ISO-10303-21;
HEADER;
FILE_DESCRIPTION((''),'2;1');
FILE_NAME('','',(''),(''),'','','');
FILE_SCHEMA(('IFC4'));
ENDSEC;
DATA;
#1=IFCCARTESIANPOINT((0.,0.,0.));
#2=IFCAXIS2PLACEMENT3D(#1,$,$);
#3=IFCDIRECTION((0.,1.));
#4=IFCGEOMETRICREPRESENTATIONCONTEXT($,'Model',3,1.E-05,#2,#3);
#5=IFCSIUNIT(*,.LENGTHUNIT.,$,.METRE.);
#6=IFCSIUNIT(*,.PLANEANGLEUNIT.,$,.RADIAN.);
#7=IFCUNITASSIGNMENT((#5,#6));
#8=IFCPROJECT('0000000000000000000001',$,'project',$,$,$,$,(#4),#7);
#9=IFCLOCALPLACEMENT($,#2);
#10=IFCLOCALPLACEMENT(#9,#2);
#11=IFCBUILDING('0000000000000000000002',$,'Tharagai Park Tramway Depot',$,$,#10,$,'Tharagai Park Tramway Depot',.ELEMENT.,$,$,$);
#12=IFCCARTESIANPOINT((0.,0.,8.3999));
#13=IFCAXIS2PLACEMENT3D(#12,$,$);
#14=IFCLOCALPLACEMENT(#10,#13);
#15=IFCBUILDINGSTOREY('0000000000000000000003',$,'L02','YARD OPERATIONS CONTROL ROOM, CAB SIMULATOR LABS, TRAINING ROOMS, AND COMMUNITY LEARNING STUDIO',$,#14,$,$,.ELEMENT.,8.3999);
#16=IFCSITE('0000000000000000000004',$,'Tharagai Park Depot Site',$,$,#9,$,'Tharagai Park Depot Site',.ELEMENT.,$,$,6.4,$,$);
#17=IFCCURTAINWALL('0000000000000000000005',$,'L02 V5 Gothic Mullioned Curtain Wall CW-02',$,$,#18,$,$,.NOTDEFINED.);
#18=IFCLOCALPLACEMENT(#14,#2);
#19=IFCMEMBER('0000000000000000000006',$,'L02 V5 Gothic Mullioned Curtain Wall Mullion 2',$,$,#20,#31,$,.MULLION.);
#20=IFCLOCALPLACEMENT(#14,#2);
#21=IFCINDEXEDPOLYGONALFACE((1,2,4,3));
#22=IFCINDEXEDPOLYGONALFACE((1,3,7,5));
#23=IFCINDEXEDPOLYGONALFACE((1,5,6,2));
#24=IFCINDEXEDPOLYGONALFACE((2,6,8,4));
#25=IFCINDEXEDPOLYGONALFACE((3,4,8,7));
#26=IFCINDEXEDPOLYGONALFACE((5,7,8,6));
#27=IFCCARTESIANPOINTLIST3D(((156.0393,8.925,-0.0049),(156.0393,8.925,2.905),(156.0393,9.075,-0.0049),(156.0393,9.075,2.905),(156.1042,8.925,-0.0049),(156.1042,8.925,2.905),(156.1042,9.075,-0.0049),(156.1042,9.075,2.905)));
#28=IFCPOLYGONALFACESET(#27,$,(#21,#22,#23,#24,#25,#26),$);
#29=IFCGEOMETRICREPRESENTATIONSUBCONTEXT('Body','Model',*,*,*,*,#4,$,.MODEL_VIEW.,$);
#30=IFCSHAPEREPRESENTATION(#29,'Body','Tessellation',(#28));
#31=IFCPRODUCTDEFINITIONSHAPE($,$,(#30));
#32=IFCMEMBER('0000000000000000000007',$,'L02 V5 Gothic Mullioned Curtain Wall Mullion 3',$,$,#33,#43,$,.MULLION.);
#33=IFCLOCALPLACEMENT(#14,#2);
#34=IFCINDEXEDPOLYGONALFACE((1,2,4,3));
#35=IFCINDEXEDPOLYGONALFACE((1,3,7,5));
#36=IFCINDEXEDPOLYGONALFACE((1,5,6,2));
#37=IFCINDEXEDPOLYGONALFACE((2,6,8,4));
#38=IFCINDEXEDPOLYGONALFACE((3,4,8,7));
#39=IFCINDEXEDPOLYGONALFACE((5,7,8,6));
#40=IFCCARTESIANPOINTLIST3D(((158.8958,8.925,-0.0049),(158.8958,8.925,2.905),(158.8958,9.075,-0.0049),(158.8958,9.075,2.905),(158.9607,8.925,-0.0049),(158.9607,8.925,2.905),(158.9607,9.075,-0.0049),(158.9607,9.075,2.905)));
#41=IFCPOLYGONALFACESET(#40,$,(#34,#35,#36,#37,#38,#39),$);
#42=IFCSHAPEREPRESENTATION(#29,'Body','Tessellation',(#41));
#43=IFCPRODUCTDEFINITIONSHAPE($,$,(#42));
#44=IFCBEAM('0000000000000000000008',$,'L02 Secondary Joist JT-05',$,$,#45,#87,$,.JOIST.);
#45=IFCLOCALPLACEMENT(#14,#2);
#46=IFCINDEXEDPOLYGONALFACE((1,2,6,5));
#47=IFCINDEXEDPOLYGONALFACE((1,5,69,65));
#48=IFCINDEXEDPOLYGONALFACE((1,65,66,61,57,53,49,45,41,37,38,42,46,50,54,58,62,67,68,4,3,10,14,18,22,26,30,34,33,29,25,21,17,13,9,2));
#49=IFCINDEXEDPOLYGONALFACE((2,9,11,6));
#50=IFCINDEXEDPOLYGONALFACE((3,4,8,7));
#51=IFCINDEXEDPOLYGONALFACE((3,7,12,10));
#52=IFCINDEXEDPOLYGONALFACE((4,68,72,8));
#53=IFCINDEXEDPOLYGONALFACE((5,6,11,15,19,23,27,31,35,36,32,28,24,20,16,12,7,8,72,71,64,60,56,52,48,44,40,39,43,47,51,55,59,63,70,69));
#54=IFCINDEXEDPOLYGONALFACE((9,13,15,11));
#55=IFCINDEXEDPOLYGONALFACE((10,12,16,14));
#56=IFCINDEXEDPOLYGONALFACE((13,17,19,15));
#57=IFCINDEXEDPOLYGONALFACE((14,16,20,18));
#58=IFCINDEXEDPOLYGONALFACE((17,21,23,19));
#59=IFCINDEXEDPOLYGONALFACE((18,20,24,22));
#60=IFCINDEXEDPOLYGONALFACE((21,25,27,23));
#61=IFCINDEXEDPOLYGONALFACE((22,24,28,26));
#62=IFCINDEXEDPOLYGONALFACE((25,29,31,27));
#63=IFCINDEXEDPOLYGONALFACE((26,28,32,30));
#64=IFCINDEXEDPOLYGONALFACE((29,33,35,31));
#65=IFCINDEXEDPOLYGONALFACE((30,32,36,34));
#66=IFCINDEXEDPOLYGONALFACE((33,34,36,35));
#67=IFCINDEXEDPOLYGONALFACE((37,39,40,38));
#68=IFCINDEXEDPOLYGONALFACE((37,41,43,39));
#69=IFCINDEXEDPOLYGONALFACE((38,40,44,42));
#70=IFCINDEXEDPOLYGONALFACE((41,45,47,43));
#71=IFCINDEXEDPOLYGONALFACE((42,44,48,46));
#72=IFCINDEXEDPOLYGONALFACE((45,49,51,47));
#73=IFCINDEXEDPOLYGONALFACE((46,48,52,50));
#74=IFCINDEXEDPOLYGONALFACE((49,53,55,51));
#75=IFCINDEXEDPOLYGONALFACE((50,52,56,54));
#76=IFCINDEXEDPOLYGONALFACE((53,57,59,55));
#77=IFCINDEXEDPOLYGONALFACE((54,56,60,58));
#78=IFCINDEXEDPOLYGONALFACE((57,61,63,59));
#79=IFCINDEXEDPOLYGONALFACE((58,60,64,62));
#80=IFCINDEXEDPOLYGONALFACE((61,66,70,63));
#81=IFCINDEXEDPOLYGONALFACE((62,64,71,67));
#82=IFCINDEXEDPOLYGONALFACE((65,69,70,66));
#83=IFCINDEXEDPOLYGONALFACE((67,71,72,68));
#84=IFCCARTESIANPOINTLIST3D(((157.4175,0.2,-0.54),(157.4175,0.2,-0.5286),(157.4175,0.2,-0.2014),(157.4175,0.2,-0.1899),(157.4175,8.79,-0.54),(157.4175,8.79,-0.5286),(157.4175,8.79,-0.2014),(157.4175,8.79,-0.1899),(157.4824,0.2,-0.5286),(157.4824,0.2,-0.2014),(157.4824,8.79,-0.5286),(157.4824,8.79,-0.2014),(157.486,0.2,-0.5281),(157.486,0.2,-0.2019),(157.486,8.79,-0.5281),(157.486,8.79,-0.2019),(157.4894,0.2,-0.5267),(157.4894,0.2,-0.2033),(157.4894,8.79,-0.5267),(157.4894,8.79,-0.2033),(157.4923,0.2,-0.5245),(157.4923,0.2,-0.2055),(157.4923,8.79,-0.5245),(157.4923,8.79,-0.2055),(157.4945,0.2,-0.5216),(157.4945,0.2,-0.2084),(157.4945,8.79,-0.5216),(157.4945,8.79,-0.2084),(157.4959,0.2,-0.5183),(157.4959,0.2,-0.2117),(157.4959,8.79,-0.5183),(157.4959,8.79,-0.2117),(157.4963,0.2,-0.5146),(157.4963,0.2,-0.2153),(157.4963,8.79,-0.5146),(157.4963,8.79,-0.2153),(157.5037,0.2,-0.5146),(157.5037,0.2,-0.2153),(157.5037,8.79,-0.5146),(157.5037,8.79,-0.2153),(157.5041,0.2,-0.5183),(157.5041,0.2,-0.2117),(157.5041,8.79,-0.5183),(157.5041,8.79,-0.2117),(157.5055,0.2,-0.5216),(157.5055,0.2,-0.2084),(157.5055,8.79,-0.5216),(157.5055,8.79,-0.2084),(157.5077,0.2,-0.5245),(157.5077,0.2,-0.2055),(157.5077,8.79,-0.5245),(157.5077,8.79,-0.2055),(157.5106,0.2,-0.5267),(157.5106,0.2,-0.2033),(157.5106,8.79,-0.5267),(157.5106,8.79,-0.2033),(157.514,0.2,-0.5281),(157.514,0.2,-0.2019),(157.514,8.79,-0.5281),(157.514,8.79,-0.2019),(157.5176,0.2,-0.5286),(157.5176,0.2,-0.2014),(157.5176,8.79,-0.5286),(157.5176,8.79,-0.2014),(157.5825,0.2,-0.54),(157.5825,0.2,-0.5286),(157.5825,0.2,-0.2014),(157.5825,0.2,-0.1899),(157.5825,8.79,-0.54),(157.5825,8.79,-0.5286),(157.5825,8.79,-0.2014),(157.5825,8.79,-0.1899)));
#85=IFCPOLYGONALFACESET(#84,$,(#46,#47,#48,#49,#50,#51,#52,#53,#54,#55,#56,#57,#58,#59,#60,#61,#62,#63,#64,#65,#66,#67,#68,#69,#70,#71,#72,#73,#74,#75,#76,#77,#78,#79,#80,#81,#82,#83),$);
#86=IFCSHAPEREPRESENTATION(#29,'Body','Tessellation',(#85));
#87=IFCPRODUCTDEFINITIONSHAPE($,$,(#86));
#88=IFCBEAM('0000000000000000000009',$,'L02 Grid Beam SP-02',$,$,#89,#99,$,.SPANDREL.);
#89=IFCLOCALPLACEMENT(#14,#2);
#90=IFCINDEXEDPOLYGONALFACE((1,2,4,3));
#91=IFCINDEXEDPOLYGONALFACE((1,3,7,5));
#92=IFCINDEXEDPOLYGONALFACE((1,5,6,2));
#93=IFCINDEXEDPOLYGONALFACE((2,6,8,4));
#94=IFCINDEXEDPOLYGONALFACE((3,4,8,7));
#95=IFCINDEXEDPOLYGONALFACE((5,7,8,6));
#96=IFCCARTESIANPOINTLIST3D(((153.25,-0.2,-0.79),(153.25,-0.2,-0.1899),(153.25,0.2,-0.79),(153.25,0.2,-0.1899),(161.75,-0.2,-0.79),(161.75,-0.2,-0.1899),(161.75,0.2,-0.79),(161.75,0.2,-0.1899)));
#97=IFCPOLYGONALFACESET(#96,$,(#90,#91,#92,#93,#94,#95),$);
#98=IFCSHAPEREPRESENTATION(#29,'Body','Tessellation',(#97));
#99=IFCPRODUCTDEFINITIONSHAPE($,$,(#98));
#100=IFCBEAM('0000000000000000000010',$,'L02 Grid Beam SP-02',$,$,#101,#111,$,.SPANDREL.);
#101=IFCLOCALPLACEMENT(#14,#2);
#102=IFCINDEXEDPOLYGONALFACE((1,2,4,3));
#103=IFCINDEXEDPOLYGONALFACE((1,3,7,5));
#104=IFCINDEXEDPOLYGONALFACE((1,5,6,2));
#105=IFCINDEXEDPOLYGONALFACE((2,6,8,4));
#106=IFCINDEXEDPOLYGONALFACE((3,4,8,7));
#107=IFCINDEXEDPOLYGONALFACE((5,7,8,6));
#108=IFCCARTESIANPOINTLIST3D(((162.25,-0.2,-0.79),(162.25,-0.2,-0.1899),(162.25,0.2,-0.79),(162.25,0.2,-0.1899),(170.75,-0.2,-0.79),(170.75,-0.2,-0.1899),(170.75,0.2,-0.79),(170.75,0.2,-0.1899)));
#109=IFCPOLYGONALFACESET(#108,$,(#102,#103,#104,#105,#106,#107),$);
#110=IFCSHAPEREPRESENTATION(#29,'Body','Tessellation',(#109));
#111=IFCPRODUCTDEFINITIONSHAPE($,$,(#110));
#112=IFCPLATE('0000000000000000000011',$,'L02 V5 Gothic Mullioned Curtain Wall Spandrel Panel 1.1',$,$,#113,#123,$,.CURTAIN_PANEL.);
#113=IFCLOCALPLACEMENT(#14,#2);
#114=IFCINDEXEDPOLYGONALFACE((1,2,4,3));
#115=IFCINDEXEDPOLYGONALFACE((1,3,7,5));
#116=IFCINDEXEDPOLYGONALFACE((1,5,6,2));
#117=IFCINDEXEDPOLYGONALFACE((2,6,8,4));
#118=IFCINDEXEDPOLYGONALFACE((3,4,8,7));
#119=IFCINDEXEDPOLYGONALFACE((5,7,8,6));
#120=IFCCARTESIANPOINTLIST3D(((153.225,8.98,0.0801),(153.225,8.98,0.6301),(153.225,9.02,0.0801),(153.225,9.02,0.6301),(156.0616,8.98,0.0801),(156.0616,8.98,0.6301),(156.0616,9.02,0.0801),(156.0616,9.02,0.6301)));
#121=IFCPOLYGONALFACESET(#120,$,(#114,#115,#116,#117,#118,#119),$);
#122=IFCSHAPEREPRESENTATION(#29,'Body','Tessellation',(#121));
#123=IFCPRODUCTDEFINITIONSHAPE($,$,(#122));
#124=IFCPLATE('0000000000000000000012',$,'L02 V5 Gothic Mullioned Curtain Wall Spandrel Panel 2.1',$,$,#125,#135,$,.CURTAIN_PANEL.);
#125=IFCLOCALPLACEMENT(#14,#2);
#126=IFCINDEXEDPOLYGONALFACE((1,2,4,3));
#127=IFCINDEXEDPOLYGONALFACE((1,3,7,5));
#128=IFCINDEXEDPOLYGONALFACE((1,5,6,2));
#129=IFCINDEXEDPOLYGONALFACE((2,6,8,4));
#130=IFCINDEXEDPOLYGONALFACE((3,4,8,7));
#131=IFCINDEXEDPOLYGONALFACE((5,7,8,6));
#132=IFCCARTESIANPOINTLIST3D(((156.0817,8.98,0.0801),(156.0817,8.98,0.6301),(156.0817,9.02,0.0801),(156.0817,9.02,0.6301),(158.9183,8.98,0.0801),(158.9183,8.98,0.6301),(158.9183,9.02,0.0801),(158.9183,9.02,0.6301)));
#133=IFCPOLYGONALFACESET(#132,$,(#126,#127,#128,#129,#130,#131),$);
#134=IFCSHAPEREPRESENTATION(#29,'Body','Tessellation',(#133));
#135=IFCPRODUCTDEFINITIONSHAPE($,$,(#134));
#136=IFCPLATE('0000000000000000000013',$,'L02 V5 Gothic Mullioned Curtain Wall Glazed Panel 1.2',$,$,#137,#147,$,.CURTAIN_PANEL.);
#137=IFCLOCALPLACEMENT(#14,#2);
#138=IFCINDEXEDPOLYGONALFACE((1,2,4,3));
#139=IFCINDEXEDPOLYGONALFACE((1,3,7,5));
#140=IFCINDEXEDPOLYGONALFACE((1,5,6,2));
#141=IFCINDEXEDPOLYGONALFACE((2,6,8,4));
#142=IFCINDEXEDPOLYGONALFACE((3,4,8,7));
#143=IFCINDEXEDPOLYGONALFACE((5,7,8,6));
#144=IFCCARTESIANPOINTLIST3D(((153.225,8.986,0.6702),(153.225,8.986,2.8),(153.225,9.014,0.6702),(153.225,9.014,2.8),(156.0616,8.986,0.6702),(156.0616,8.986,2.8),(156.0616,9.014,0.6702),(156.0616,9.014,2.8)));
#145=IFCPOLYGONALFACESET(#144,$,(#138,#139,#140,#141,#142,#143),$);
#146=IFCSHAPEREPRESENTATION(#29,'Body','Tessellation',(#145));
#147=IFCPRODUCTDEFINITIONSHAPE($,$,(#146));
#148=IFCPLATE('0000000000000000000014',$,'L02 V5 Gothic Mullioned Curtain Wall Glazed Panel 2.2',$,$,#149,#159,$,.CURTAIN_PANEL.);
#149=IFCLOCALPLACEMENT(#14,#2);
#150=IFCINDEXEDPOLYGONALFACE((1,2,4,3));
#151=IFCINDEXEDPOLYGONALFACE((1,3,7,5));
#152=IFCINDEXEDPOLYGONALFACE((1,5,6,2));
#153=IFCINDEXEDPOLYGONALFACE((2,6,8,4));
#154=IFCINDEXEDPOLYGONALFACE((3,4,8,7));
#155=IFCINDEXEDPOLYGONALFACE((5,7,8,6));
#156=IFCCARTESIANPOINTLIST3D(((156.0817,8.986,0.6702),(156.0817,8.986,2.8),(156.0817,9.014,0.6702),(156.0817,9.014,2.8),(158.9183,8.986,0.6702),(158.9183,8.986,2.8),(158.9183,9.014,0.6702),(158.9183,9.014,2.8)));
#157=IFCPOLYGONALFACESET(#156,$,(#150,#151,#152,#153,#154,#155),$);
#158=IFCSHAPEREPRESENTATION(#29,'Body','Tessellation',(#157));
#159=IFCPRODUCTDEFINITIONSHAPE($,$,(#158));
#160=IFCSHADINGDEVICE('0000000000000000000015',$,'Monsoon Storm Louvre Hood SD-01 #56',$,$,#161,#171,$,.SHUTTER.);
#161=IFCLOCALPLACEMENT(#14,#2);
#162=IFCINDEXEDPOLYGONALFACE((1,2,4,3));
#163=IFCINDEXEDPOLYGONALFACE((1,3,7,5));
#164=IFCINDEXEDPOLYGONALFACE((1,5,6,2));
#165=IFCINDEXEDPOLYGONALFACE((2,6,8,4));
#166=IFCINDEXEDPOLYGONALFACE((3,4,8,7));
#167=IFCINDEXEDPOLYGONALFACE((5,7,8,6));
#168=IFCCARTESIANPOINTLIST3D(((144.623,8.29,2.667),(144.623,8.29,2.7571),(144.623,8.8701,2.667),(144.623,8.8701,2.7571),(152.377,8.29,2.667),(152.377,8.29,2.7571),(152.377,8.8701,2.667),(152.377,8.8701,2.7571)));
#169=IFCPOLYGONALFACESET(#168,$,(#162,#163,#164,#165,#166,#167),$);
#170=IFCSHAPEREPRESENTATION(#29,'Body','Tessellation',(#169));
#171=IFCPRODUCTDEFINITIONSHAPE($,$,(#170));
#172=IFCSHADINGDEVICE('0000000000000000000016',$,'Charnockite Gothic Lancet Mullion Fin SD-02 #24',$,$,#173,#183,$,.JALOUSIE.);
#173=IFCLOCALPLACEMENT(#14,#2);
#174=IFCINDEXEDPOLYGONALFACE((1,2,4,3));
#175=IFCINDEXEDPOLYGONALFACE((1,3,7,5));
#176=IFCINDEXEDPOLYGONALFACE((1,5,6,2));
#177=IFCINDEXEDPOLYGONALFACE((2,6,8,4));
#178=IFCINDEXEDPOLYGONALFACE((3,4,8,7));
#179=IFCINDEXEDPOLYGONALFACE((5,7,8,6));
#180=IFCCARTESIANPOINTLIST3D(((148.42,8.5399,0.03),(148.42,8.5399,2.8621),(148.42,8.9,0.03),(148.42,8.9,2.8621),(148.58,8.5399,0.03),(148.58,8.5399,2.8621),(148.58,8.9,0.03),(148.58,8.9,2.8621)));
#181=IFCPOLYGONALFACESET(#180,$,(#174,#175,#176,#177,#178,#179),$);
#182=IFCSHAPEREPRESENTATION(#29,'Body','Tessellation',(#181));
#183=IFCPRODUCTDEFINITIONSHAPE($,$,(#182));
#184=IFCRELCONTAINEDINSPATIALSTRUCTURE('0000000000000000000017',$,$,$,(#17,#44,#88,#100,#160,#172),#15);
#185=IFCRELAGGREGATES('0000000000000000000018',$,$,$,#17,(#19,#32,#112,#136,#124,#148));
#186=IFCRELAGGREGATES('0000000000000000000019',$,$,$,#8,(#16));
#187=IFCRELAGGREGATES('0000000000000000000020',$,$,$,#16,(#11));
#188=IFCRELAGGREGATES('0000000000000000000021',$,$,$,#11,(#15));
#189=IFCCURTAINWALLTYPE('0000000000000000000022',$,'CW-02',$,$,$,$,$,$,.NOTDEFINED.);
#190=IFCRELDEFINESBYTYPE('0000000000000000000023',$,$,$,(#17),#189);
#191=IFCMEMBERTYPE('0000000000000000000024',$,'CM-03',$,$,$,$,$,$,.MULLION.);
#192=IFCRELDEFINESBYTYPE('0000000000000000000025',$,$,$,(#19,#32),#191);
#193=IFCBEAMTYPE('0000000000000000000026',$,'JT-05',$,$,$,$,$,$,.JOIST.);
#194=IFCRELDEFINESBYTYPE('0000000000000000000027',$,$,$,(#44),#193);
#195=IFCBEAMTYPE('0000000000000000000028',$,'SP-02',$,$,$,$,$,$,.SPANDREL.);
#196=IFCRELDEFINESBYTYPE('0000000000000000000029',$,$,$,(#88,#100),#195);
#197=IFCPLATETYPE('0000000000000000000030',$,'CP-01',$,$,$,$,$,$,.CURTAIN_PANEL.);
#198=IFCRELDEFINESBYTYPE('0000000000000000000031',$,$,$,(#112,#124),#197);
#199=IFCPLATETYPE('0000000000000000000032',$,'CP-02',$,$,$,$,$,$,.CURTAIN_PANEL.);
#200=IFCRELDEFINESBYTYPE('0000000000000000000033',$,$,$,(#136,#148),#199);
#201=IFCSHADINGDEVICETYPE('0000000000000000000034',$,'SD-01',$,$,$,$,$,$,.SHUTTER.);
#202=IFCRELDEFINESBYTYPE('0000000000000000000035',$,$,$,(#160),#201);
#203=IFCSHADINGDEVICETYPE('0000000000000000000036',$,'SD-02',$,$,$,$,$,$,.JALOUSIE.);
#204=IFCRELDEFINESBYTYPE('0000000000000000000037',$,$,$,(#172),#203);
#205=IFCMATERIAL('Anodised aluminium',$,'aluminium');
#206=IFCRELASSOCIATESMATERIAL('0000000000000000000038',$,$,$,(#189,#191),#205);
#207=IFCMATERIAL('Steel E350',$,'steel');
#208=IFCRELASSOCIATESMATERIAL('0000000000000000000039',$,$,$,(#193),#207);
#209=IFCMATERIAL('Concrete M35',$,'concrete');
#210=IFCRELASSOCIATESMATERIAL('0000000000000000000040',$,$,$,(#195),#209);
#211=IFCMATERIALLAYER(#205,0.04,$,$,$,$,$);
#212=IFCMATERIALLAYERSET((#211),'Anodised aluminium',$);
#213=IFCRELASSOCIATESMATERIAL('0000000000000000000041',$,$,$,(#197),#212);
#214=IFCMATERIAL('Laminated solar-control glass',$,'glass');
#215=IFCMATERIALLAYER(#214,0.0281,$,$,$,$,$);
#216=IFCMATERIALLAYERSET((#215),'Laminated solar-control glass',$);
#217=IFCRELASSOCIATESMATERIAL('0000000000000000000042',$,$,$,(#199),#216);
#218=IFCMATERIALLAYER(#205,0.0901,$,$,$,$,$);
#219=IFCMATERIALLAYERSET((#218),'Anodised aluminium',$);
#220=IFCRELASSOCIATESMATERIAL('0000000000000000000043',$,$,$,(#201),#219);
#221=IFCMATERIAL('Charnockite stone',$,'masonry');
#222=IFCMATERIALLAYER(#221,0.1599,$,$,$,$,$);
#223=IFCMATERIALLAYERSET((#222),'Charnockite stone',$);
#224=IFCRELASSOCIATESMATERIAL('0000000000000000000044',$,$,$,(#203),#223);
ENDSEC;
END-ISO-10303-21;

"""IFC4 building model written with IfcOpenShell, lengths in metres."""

from ifc_helpers import new_model, si_unit, direction, frame, origin, origin_2d, place, context, subcontext, project, spatial, rectangle, i_section, extrude, material, layer, layer_set, material_profile, profile_set, type_object, element, aggregate, save


model = new_model("IFC4")

# Units and contexts
model_context = context("Model", 3, precision=1e-05, world=origin(), true_north=direction((0.0, 1.0)))
body_context = subcontext(model_context, "Body", "Model", "MODEL_VIEW")
ifc_project = project(units=[si_unit("LENGTHUNIT", "METRE"), si_unit("PLANEANGLEUNIT", "RADIAN")], contexts=[model_context])

# Site, building, storey
site_placement = place(None, origin())
site = spatial("IfcSite", under=ifc_project, at=site_placement, Name="Tharagai Park Depot Site", LongName="Tharagai Park Depot Site", CompositionType="ELEMENT", RefElevation=6.4)
building_placement = place(site_placement, origin())
building = spatial("IfcBuilding", under=site, at=building_placement, Name="Tharagai Park Tramway Depot", LongName="Tharagai Park Tramway Depot", CompositionType="ELEMENT")
storey_placement = place(building_placement, frame((0.0, 0.0, 8.3999)))
storey = spatial("IfcBuildingStorey", under=building, at=storey_placement, Name="L02", Description="YARD OPERATIONS CONTROL ROOM, CAB SIMULATOR LABS, TRAINING ROOMS, AND COMMUNITY LEARNING STUDIO", CompositionType="ELEMENT", Elevation=8.3999)

# Shared definitions
ifc_material_1 = material(Name="Concrete M35", Category="concrete")

# Curtain wall, members
ifc_material_2 = material(Name="Anodised aluminium", Category="aluminium")
curtain_wall_type = type_object("IfcCurtainWallType", Name="CW-02", PredefinedType="NOTDEFINED", material=ifc_material_2)
curtain_wall_placement = place(storey_placement, origin())
curtain_wall = element("IfcCurtainWall", 1, at=curtain_wall_placement, inside=storey, type_object=curtain_wall_type, Name="L02 V5 Gothic Mullioned Curtain Wall CW-02", PredefinedType="NOTDEFINED")
ifc_material_profile_1 = material_profile(ifc_material_2, rectangle(XDim=0.0649, YDim=0.1499, at=origin_2d()), Name="ALU 65x150")
ifc_profile_set_1 = profile_set([ifc_material_profile_1], Name="Anodised aluminium")
member_type_1 = type_object("IfcMemberType", Name="CM-03", PredefinedType="MULLION", material=ifc_profile_set_1)
member_1_placement = place(storey_placement, frame((156.0718, 9.0, -0.0049), z_axis=(0.0, 0.0, 1.0), x_axis=(1.0, 0.0, 0.0)))
member_1 = element("IfcMember", 2, at=member_1_placement, type_object=member_type_1, Name="L02 V5 Gothic Mullioned Curtain Wall Mullion 2", PredefinedType="MULLION", context=body_context, shape_type="SweptSolid", body=[
    extrude(rectangle(XDim=0.0649, YDim=0.1499, at=origin_2d()), origin(), (0.0, 0.0, 1.0), 2.9099),
])
member_2_placement = place(storey_placement, frame((158.9282, 9.0, -0.0049), z_axis=(0.0, 0.0, 1.0), x_axis=(1.0, 0.0, 0.0)))
member_2 = element("IfcMember", 3, at=member_2_placement, type_object=member_type_1, Name="L02 V5 Gothic Mullioned Curtain Wall Mullion 3", PredefinedType="MULLION", context=body_context, shape_type="SweptSolid", body=[
    extrude(rectangle(XDim=0.0649, YDim=0.1499, at=origin_2d()), origin(), (0.0, 0.0, 1.0), 2.9099),
])

# Beams
ifc_material_3 = material(Name="Steel E350", Category="steel")
ifc_material_profile_2 = material_profile(ifc_material_3, i_section(OverallWidth=0.165, OverallDepth=0.3501, WebThickness=0.0073, FlangeThickness=0.0115, FilletRadius=0.0139, at=origin_2d()), Name="ISLB 350")
ifc_profile_set_2 = profile_set([ifc_material_profile_2], Name="Steel E350")
beam_type_1 = type_object("IfcBeamType", Name="JT-05", PredefinedType="JOIST", material=ifc_profile_set_2)
beam_1_placement = place(storey_placement, frame((157.5, 0.2, -0.365), z_axis=(0.0, 1.0, 0.0), x_axis=(-1.0, 0.0, 0.0)))
element("IfcBeam", 4, at=beam_1_placement, inside=storey, type_object=beam_type_1, Name="L02 Secondary Joist JT-05", PredefinedType="JOIST", context=body_context, shape_type="SweptSolid", body=[
    extrude(i_section(OverallWidth=0.165, OverallDepth=0.3501, WebThickness=0.0073, FlangeThickness=0.0115, FilletRadius=0.0139, at=origin_2d()), origin(), (0.0, 0.0, 1.0), 8.5901),
])
ifc_material_profile_3 = material_profile(ifc_material_1, rectangle(XDim=0.3999, YDim=0.6001, at=origin_2d()), Name="RC 400x600")
ifc_profile_set_3 = profile_set([ifc_material_profile_3], Name="Concrete M35")
beam_type_2 = type_object("IfcBeamType", Name="SP-02", PredefinedType="SPANDREL", material=ifc_profile_set_3)
for number, where, z_axis, x_axis, name in (
    (5, (153.25, 0.0, -0.49), (1.0, 0.0, 0.0), (0.0, 1.0, 0.0), "L02 Grid Beam SP-02"),
    (6, (162.25, 0.0, -0.49), (1.0, 0.0, 0.0), (0.0, 1.0, 0.0), "L02 Grid Beam SP-02"),
):
    element("IfcBeam", number, at=place(storey_placement, frame(where, z_axis=z_axis, x_axis=x_axis)), inside=storey, type_object=beam_type_2, Name=name, PredefinedType="SPANDREL", context=body_context, shape_type="SweptSolid", body=[
        extrude(rectangle(XDim=0.3999, YDim=0.6001, at=origin_2d()), origin(), (0.0, 0.0, 1.0), 8.5),
    ])

# Plates
ifc_layer_1 = layer(ifc_material_2, 0.04)
ifc_layer_set_1 = layer_set([ifc_layer_1], Name="Anodised aluminium")
plate_type_1 = type_object("IfcPlateType", Name="CP-01", PredefinedType="CURTAIN_PANEL", material=ifc_layer_set_1)
plate_1_placement = place(storey_placement, frame((154.6433, 9.0, 0.0801), z_axis=(0.0, 0.0, 1.0), x_axis=(1.0, 0.0, 0.0)))
plate_1 = element("IfcPlate", 7, at=plate_1_placement, type_object=plate_type_1, Name="L02 V5 Gothic Mullioned Curtain Wall Spandrel Panel 1.1", PredefinedType="CURTAIN_PANEL", context=body_context, shape_type="SweptSolid", body=[
    extrude(rectangle(XDim=2.8367, YDim=0.04, at=origin_2d()), origin(), (0.0, 0.0, 1.0), 0.55),
])
plate_2_placement = place(storey_placement, frame((157.5, 9.0, 0.0801), z_axis=(0.0, 0.0, 1.0), x_axis=(1.0, 0.0, 0.0)))
plate_2 = element("IfcPlate", 8, at=plate_2_placement, type_object=plate_type_1, Name="L02 V5 Gothic Mullioned Curtain Wall Spandrel Panel 2.1", PredefinedType="CURTAIN_PANEL", context=body_context, shape_type="SweptSolid", body=[
    extrude(rectangle(XDim=2.8367, YDim=0.04, at=origin_2d()), origin(), (0.0, 0.0, 1.0), 0.55),
])
ifc_material_4 = material(Name="Laminated solar-control glass", Category="glass")
ifc_layer_2 = layer(ifc_material_4, 0.0281)
ifc_layer_set_2 = layer_set([ifc_layer_2], Name="Laminated solar-control glass")
plate_type_2 = type_object("IfcPlateType", Name="CP-02", PredefinedType="CURTAIN_PANEL", material=ifc_layer_set_2)
plate_3_placement = place(storey_placement, frame((154.6433, 9.0, 0.6702), z_axis=(0.0, 0.0, 1.0), x_axis=(1.0, 0.0, 0.0)))
plate_3 = element("IfcPlate", 9, at=plate_3_placement, type_object=plate_type_2, Name="L02 V5 Gothic Mullioned Curtain Wall Glazed Panel 1.2", PredefinedType="CURTAIN_PANEL", context=body_context, shape_type="SweptSolid", body=[
    extrude(rectangle(XDim=2.8367, YDim=0.0281, at=origin_2d()), origin(), (0.0, 0.0, 1.0), 2.1299),
])
plate_4_placement = place(storey_placement, frame((157.5, 9.0, 0.6702), z_axis=(0.0, 0.0, 1.0), x_axis=(1.0, 0.0, 0.0)))
plate_4 = element("IfcPlate", 10, at=plate_4_placement, type_object=plate_type_2, Name="L02 V5 Gothic Mullioned Curtain Wall Glazed Panel 2.2", PredefinedType="CURTAIN_PANEL", context=body_context, shape_type="SweptSolid", body=[
    extrude(rectangle(XDim=2.8367, YDim=0.0281, at=origin_2d()), origin(), (0.0, 0.0, 1.0), 2.1299),
])
aggregate(curtain_wall, [member_1, member_2, plate_1, plate_3, plate_2, plate_4])

# Shading devices
ifc_layer_3 = layer(ifc_material_2, 0.0901)
ifc_layer_set_3 = layer_set([ifc_layer_3], Name="Anodised aluminium")
shading_device_type_1 = type_object("IfcShadingDeviceType", Name="SD-01", PredefinedType="SHUTTER", material=ifc_layer_set_3)
shading_device_1_placement = place(storey_placement, frame((148.5, 8.5801, 2.667), z_axis=(0.0, 0.0, 1.0), x_axis=(1.0, 0.0, 0.0)))
element("IfcShadingDevice", 11, at=shading_device_1_placement, inside=storey, type_object=shading_device_type_1, Name="Monsoon Storm Louvre Hood SD-01 #56", PredefinedType="SHUTTER", context=body_context, shape_type="SweptSolid", body=[
    extrude(rectangle(XDim=7.7539, YDim=0.5801, at=origin_2d()), origin(), (0.0, 0.0, 1.0), 0.0901),
])
ifc_material_5 = material(Name="Charnockite stone", Category="masonry")
ifc_layer_4 = layer(ifc_material_5, 0.1599)
ifc_layer_set_4 = layer_set([ifc_layer_4], Name="Charnockite stone")
shading_device_type_2 = type_object("IfcShadingDeviceType", Name="SD-02", PredefinedType="JALOUSIE", material=ifc_layer_set_4)
shading_device_2_placement = place(storey_placement, frame((148.5, 8.72, 0.03), z_axis=(0.0, 0.0, 1.0), x_axis=(1.0, 0.0, 0.0)))
element("IfcShadingDevice", 12, at=shading_device_2_placement, inside=storey, type_object=shading_device_type_2, Name="Charnockite Gothic Lancet Mullion Fin SD-02 #24", PredefinedType="JALOUSIE", context=body_context, shape_type="SweptSolid", body=[
    extrude(rectangle(XDim=0.1599, YDim=0.3601, at=origin_2d()), origin(), (0.0, 0.0, 1.0), 2.832),
])

save(model, "model.ifc")
